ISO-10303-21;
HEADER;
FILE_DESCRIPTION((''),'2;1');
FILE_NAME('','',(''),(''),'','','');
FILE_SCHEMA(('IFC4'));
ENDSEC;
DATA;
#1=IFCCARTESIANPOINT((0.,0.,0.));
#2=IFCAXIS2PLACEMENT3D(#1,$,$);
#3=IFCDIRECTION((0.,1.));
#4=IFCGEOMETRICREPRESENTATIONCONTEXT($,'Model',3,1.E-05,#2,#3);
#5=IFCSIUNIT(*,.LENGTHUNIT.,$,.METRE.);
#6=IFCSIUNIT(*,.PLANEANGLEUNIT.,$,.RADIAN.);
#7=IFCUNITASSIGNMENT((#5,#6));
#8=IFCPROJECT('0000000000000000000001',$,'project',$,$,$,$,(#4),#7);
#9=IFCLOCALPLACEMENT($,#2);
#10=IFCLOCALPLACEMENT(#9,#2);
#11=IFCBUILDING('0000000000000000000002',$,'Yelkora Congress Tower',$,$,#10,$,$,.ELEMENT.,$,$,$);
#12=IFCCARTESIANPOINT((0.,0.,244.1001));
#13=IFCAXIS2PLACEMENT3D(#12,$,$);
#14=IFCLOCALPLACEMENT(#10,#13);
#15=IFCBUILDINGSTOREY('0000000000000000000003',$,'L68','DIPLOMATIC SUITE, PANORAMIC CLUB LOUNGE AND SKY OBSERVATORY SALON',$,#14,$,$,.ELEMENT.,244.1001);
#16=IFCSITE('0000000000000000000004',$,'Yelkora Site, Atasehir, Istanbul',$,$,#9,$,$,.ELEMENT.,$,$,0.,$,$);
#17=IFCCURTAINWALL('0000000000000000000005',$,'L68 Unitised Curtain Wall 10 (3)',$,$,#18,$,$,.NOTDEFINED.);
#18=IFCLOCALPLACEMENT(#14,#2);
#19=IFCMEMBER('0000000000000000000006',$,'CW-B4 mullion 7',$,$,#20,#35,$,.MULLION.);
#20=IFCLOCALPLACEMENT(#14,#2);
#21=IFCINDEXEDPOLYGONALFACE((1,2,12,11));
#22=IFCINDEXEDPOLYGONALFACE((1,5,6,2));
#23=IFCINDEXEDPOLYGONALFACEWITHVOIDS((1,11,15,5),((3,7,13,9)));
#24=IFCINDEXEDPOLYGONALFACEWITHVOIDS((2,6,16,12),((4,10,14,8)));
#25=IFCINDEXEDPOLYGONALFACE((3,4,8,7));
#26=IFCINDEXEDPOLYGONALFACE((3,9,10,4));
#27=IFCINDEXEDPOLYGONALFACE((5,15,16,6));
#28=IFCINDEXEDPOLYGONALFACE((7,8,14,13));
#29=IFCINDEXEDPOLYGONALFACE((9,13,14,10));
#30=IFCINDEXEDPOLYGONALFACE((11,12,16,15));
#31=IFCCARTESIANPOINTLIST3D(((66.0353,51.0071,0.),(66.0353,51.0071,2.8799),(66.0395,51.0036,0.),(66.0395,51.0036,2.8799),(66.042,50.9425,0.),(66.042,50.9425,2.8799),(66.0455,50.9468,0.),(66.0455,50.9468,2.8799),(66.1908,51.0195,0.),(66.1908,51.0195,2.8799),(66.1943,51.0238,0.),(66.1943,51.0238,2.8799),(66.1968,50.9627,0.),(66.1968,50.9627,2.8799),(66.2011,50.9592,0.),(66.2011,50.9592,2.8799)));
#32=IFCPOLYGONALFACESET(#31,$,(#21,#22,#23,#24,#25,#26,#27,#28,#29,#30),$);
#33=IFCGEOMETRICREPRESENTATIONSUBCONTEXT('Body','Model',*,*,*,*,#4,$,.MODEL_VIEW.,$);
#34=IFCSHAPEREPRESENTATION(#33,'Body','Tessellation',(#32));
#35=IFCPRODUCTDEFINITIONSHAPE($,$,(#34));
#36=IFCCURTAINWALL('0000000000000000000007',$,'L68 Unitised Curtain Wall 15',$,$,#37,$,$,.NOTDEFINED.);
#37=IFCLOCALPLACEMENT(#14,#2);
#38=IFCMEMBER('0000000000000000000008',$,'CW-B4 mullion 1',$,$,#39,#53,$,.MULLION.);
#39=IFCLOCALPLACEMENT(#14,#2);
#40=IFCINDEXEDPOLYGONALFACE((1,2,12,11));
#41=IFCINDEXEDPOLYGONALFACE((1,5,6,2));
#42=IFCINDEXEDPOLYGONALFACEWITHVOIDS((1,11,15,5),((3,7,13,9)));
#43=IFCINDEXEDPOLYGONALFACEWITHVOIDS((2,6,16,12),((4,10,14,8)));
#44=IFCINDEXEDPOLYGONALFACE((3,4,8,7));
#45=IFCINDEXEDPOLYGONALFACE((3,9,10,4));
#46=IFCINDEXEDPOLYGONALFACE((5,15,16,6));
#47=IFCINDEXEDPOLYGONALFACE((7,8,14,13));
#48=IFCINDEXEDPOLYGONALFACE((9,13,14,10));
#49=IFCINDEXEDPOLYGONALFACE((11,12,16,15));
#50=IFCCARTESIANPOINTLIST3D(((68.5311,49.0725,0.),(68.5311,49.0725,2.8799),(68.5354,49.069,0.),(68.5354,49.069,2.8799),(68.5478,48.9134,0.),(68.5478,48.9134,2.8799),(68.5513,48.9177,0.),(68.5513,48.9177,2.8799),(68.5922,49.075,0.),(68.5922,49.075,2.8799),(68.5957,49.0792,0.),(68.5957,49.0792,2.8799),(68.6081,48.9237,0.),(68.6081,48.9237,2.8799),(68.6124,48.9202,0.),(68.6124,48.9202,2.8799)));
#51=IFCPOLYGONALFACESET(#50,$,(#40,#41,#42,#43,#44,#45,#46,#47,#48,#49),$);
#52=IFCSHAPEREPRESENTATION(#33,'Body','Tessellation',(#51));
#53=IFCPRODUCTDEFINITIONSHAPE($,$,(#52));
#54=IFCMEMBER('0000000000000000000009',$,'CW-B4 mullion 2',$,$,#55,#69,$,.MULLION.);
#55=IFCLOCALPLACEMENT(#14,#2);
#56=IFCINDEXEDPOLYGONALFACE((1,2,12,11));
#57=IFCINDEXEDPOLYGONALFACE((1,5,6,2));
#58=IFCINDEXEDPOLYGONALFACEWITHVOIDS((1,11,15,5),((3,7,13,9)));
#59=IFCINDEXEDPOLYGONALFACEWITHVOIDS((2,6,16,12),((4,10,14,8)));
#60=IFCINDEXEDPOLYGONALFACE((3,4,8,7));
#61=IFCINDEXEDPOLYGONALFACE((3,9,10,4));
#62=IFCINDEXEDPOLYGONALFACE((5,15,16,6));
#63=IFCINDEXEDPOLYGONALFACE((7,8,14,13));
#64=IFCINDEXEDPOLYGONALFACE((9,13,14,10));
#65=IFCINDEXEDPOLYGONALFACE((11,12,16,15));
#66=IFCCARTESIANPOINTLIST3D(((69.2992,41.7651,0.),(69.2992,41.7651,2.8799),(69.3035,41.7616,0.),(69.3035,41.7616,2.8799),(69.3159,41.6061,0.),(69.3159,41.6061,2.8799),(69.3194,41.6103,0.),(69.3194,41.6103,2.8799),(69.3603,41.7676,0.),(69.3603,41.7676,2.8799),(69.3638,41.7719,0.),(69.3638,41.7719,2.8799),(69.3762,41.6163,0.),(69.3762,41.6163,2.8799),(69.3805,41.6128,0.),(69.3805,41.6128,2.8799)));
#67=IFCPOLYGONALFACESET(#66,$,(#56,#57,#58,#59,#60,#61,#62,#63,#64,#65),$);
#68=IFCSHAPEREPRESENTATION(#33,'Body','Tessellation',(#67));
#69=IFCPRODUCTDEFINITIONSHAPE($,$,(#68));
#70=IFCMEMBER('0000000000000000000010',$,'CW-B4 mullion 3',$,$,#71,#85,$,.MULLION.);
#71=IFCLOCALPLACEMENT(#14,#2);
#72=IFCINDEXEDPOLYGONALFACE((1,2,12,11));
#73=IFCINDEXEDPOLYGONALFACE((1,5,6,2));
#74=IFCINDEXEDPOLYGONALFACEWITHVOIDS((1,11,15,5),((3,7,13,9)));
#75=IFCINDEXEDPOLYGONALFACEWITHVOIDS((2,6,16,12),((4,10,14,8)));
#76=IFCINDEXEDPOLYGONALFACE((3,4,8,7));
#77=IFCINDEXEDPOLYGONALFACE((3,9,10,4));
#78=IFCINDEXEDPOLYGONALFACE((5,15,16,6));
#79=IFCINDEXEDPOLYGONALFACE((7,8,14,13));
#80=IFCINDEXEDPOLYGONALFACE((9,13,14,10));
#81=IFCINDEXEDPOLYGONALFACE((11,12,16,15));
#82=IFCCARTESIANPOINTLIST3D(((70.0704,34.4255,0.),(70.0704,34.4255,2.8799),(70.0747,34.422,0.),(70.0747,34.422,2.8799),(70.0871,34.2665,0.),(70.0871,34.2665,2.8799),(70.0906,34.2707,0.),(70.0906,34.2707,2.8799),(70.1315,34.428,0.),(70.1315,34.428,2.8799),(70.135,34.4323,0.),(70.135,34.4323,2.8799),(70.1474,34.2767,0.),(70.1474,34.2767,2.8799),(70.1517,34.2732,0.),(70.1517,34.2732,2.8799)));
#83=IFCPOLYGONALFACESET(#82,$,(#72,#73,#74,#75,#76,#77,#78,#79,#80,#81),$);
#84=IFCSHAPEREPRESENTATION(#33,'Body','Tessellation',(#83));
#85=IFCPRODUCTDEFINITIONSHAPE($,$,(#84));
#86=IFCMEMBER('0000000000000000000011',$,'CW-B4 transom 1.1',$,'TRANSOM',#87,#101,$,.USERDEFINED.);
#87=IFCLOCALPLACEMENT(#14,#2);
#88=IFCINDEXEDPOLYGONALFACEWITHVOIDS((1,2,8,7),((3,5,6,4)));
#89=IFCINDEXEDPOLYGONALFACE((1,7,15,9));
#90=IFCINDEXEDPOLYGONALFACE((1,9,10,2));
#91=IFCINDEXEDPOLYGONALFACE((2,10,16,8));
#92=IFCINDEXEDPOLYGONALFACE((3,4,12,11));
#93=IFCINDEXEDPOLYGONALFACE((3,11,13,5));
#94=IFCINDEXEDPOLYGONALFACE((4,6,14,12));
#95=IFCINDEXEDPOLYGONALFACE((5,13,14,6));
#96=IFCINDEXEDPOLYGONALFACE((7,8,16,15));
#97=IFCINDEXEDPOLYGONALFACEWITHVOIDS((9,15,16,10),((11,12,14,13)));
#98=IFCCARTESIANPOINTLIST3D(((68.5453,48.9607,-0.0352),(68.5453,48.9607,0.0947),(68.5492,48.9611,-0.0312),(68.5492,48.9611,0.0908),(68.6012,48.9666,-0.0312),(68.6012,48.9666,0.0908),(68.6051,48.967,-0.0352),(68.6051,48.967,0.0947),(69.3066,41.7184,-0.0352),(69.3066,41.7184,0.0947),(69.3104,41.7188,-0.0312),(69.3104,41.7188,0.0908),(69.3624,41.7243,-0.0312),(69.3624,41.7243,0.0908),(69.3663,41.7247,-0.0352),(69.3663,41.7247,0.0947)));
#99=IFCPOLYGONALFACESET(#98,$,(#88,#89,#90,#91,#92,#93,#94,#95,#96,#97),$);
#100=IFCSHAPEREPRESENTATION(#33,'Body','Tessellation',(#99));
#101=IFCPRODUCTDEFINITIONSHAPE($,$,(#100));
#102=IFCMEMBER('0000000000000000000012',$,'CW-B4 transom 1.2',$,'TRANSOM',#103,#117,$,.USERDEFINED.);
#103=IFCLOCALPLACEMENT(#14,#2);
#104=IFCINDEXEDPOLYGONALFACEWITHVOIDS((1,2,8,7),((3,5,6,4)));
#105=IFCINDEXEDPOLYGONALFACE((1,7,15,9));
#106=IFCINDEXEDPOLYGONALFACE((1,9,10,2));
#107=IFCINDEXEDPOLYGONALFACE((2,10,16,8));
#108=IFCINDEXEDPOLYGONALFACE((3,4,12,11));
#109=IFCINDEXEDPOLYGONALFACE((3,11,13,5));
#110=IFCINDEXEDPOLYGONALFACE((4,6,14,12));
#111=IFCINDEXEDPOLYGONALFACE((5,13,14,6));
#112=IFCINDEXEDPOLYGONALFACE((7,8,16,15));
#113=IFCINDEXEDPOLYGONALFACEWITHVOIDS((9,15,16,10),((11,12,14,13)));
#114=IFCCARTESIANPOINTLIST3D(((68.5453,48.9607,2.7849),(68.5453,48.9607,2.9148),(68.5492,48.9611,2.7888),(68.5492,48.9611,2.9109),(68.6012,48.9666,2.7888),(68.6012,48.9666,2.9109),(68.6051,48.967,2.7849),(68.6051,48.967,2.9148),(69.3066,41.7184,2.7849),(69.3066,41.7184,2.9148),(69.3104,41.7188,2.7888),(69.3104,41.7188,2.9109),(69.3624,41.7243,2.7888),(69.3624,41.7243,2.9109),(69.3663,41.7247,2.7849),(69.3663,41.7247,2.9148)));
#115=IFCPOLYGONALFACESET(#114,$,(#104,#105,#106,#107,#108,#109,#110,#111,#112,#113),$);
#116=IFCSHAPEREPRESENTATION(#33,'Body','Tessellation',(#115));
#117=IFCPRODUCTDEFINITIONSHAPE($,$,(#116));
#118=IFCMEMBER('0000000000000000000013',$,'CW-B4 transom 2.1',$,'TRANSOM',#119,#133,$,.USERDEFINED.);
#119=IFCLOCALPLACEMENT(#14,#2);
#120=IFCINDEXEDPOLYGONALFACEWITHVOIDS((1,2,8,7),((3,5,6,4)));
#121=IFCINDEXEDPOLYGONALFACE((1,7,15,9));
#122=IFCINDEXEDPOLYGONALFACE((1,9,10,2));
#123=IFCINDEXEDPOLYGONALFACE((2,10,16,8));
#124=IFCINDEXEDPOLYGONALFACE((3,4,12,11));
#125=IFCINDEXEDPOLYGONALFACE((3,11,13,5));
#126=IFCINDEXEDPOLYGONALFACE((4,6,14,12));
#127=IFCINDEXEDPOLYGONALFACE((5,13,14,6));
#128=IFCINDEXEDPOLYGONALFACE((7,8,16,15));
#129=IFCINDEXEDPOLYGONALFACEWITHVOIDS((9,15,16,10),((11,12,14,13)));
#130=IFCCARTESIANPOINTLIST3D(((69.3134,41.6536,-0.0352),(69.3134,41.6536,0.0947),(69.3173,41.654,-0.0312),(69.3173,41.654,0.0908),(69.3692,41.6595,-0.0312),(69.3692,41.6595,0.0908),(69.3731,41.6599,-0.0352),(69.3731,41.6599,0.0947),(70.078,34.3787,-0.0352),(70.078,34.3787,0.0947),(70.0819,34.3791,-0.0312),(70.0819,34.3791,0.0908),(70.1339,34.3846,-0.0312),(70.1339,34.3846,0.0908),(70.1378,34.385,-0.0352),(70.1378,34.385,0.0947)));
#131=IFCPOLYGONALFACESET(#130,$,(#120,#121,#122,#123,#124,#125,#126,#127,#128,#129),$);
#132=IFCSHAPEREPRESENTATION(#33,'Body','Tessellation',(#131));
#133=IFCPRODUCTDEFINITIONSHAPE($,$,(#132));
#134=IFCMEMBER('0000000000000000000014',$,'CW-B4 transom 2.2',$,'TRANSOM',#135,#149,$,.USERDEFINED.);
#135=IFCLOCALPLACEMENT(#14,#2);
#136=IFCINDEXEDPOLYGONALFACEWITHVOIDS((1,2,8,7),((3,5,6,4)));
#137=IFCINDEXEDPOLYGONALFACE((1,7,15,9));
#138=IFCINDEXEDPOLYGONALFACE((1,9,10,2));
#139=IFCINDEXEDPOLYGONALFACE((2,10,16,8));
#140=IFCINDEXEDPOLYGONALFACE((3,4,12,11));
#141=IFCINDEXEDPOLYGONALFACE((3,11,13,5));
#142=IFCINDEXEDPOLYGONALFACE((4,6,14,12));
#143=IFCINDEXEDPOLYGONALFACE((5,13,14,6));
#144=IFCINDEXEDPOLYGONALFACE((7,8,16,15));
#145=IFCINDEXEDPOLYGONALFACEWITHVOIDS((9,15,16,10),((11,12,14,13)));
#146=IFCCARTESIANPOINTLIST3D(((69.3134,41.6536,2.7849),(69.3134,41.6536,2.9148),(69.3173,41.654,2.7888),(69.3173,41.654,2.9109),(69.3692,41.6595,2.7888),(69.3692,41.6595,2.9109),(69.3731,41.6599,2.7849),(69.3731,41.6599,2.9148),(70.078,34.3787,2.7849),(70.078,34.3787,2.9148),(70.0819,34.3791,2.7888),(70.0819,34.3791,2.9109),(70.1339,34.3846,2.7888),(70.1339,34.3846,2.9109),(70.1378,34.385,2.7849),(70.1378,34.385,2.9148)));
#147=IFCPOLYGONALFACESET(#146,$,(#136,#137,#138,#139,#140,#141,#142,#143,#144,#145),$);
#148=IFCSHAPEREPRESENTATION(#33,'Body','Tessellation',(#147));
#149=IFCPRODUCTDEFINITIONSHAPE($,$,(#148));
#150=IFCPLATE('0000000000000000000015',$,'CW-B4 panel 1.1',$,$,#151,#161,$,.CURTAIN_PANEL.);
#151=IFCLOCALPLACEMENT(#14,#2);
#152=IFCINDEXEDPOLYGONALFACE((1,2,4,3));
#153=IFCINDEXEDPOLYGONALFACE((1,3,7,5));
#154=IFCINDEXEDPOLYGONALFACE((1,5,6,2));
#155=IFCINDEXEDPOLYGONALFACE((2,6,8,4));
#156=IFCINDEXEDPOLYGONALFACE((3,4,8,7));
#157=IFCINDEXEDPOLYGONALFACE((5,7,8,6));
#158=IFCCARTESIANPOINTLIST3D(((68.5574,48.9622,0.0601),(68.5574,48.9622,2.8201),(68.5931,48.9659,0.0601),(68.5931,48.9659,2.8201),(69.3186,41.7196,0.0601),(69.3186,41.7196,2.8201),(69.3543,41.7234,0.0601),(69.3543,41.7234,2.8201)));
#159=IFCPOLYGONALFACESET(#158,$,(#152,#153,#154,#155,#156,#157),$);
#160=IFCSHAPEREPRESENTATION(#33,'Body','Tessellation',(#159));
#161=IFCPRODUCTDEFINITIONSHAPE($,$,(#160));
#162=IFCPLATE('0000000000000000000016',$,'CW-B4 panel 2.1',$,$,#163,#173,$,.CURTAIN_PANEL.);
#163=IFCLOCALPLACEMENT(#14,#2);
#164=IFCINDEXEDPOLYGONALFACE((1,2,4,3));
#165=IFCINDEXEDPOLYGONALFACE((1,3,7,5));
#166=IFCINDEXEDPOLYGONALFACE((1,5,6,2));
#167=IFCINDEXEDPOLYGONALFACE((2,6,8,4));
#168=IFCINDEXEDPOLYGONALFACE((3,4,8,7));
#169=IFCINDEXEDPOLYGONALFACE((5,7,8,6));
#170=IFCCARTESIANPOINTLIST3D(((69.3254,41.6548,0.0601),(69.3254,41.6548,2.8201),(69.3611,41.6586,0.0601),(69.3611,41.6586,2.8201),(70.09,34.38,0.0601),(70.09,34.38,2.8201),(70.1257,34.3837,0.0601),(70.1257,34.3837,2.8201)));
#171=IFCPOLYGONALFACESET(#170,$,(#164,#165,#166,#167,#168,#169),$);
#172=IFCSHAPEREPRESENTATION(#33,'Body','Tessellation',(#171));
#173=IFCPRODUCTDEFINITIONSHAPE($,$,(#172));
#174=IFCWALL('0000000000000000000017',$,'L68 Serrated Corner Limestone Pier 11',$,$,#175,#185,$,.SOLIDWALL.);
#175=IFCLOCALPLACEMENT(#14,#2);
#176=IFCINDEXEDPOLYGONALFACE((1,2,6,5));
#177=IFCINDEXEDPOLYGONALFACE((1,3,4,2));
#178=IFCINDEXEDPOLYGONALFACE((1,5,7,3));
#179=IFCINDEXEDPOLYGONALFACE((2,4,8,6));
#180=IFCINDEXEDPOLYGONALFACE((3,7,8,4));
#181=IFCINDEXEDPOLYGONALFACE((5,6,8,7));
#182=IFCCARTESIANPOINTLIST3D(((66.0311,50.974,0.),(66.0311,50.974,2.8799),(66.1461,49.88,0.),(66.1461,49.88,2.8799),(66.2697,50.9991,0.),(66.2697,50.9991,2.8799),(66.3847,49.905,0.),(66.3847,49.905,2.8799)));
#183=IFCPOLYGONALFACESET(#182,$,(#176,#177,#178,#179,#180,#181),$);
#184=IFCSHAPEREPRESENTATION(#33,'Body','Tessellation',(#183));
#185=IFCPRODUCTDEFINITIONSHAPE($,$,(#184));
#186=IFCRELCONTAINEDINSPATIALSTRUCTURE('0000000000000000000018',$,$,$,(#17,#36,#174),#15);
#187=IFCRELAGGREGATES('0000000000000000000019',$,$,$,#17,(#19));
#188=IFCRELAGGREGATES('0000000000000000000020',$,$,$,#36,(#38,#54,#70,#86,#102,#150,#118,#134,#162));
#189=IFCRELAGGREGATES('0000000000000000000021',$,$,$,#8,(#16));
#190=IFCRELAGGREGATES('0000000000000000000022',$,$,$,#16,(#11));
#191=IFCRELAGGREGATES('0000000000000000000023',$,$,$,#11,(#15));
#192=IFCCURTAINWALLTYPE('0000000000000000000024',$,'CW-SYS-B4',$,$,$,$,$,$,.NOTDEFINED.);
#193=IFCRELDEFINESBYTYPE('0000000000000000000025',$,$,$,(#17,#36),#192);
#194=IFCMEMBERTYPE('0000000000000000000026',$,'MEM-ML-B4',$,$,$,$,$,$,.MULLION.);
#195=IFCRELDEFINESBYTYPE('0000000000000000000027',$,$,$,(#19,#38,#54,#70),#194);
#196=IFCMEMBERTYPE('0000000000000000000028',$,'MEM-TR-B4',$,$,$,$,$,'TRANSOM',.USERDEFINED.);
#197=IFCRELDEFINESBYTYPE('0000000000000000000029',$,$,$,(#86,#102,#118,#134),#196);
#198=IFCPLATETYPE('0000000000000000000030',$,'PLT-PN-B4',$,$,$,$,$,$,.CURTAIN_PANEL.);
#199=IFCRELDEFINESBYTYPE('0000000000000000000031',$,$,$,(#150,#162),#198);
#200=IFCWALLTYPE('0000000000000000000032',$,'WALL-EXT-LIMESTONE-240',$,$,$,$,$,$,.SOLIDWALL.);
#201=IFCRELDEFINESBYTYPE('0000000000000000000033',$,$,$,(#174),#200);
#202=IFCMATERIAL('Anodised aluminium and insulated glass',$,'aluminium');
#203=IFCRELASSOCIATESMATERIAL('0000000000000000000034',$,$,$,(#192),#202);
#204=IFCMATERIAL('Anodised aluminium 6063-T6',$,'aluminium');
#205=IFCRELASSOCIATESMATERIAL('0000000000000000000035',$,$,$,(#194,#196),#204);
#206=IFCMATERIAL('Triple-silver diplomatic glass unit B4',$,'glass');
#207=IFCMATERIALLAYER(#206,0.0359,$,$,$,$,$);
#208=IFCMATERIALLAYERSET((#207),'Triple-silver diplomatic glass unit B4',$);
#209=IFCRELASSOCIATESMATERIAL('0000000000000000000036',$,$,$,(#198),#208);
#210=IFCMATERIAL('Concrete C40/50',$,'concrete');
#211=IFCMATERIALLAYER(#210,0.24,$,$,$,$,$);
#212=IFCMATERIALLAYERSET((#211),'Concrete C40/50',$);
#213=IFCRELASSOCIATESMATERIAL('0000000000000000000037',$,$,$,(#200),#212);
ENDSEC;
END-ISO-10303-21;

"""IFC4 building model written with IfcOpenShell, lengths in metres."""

from ifc_helpers import new_model, si_unit, direction, frame, frame_2d, origin, origin_2d, place, context, subcontext, project, spatial, rectangle, hollow_rectangle, extrude, material, layer, layer_set, material_profile, profile_set, type_object, element, aggregate, save


model = new_model("IFC4")

# Units and contexts
model_context = context("Model", 3, precision=1e-05, world=origin(), true_north=direction((0.0, 1.0)))
body_context = subcontext(model_context, "Body", "Model", "MODEL_VIEW")
ifc_project = project(units=[si_unit("LENGTHUNIT", "METRE"), si_unit("PLANEANGLEUNIT", "RADIAN")], contexts=[model_context])

# Site, building, storey
site_placement = place(None, origin())
site = spatial("IfcSite", under=ifc_project, at=site_placement, Name="Yelkora Site, Atasehir, Istanbul", CompositionType="ELEMENT", RefElevation=0.0)
building_placement = place(site_placement, origin())
building = spatial("IfcBuilding", under=site, at=building_placement, Name="Yelkora Congress Tower", CompositionType="ELEMENT")
storey_placement = place(building_placement, frame((0.0, 0.0, 244.1001)))
storey = spatial("IfcBuildingStorey", under=building, at=storey_placement, Name="L68", Description="DIPLOMATIC SUITE, PANORAMIC CLUB LOUNGE AND SKY OBSERVATORY SALON", CompositionType="ELEMENT", Elevation=244.1001)

# Curtain wall, member
ifc_material_1 = material(Name="Anodised aluminium and insulated glass", Category="aluminium")
curtain_wall_type = type_object("IfcCurtainWallType", Name="CW-SYS-B4", PredefinedType="NOTDEFINED", material=ifc_material_1)
curtain_wall_1_placement = place(storey_placement, origin())
curtain_wall_1 = element("IfcCurtainWall", 1, at=curtain_wall_1_placement, inside=storey, type_object=curtain_wall_type, Name="L68 Unitised Curtain Wall 10 (3)", PredefinedType="NOTDEFINED")
ifc_material_2 = material(Name="Anodised aluminium 6063-T6", Category="aluminium")
ifc_material_profile_1 = material_profile(ifc_material_2, hollow_rectangle(XDim=0.0649, YDim=0.1599, WallThickness=0.0039, at=origin_2d()), Name="ALU 65x160x4")
ifc_profile_set_1 = profile_set([ifc_material_profile_1], Name="Anodised aluminium 6063-T6")
member_type_1 = type_object("IfcMemberType", Name="MEM-ML-B4", PredefinedType="MULLION", material=ifc_profile_set_1)
member_1_placement = place(storey_placement, frame((66.1182, 50.9832, 0.0), z_axis=(0.0, 0.0, 1.0), x_axis=(-0.104528, 0.994522, 0.0)))
member_1 = element("IfcMember", 2, at=member_1_placement, type_object=member_type_1, Name="CW-B4 mullion 7", PredefinedType="MULLION", context=body_context, shape_type="SweptSolid", body=[
    extrude(hollow_rectangle(XDim=0.0649, YDim=0.1599, WallThickness=0.0039, at=origin_2d()), origin(), (0.0, 0.0, 1.0), 2.8799),
])
aggregate(curtain_wall_1, [member_1])

# Curtain wall, members, plates
curtain_wall_2_placement = place(storey_placement, origin())
curtain_wall_2 = element("IfcCurtainWall", 3, at=curtain_wall_2_placement, inside=storey, type_object=curtain_wall_type, Name="L68 Unitised Curtain Wall 15", PredefinedType="NOTDEFINED")
member_2_placement = place(storey_placement, frame((68.5718, 48.9963, 0.0), z_axis=(0.0, 0.0, 1.0), x_axis=(0.994522, 0.104526, 0.0)))
member_2 = element("IfcMember", 4, at=member_2_placement, type_object=member_type_1, Name="CW-B4 mullion 1", PredefinedType="MULLION", context=body_context, shape_type="SweptSolid", body=[
    extrude(hollow_rectangle(XDim=0.0649, YDim=0.1599, WallThickness=0.0039, at=origin_2d()), origin(), (0.0, 0.0, 1.0), 2.8799),
])
member_3_placement = place(storey_placement, frame((69.3398, 41.689, 0.0), z_axis=(0.0, 0.0, 1.0), x_axis=(0.994522, 0.104526, 0.0)))
member_3 = element("IfcMember", 5, at=member_3_placement, type_object=member_type_1, Name="CW-B4 mullion 2", PredefinedType="MULLION", context=body_context, shape_type="SweptSolid", body=[
    extrude(hollow_rectangle(XDim=0.0649, YDim=0.1599, WallThickness=0.0039, at=origin_2d()), origin(), (0.0, 0.0, 1.0), 2.8799),
])
member_4_placement = place(storey_placement, frame((70.1111, 34.3494, 0.0), z_axis=(0.0, 0.0, 1.0), x_axis=(0.994522, 0.104526, 0.0)))
member_4 = element("IfcMember", 6, at=member_4_placement, type_object=member_type_1, Name="CW-B4 mullion 3", PredefinedType="MULLION", context=body_context, shape_type="SweptSolid", body=[
    extrude(hollow_rectangle(XDim=0.0649, YDim=0.1599, WallThickness=0.0039, at=origin_2d()), origin(), (0.0, 0.0, 1.0), 2.8799),
])
ifc_material_profile_2 = material_profile(ifc_material_2, hollow_rectangle(XDim=0.0601, YDim=0.1299, WallThickness=0.0039, at=origin_2d()), Name="ALU 60x130x4")
ifc_profile_set_2 = profile_set([ifc_material_profile_2], Name="Anodised aluminium 6063-T6")
member_type_2 = type_object("IfcMemberType", Name="MEM-TR-B4", ElementType="TRANSOM", PredefinedType="USERDEFINED", material=ifc_profile_set_2)
member_5_placement = place(storey_placement, frame((68.5752, 48.9639, 0.0298), z_axis=(0.104531, -0.994522, 0.0), x_axis=(0.994522, 0.104531, 0.0)))
member_5 = element("IfcMember", 7, at=member_5_placement, type_object=member_type_2, Name="CW-B4 transom 1.1", ObjectType="TRANSOM", PredefinedType="USERDEFINED", context=body_context, shape_type="SweptSolid", body=[
    extrude(hollow_rectangle(XDim=0.0601, YDim=0.1299, WallThickness=0.0039, at=origin_2d()), origin(), (0.0, 0.0, 1.0), 7.2822),
])
member_6_placement = place(storey_placement, frame((68.5752, 48.9639, 2.8499), z_axis=(0.104531, -0.994522, 0.0), x_axis=(0.994522, 0.104531, 0.0)))
member_6 = element("IfcMember", 8, at=member_6_placement, type_object=member_type_2, Name="CW-B4 transom 1.2", ObjectType="TRANSOM", PredefinedType="USERDEFINED", context=body_context, shape_type="SweptSolid", body=[
    extrude(hollow_rectangle(XDim=0.0601, YDim=0.1299, WallThickness=0.0039, at=origin_2d()), origin(), (0.0, 0.0, 1.0), 7.2822),
])
member_7_placement = place(storey_placement, frame((69.3433, 41.6567, 0.0298), z_axis=(0.104532, -0.994522, 0.0), x_axis=(0.994522, 0.104532, 0.0)))
member_7 = element("IfcMember", 9, at=member_7_placement, type_object=member_type_2, Name="CW-B4 transom 2.1", ObjectType="TRANSOM", PredefinedType="USERDEFINED", context=body_context, shape_type="SweptSolid", body=[
    extrude(hollow_rectangle(XDim=0.0601, YDim=0.1299, WallThickness=0.0039, at=origin_2d()), origin(), (0.0, 0.0, 1.0), 7.3149),
])
member_8_placement = place(storey_placement, frame((69.3433, 41.6567, 2.8499), z_axis=(0.104532, -0.994522, 0.0), x_axis=(0.994522, 0.104532, 0.0)))
member_8 = element("IfcMember", 10, at=member_8_placement, type_object=member_type_2, Name="CW-B4 transom 2.2", ObjectType="TRANSOM", PredefinedType="USERDEFINED", context=body_context, shape_type="SweptSolid", body=[
    extrude(hollow_rectangle(XDim=0.0601, YDim=0.1299, WallThickness=0.0039, at=origin_2d()), origin(), (0.0, 0.0, 1.0), 7.3149),
])
ifc_material_3 = material(Name="Triple-silver diplomatic glass unit B4", Category="glass")
ifc_layer_1 = layer(ifc_material_3, 0.0359)
ifc_layer_set_1 = layer_set([ifc_layer_1], Name="Triple-silver diplomatic glass unit B4")
plate_type = type_object("IfcPlateType", Name="PLT-PN-B4", PredefinedType="CURTAIN_PANEL", material=ifc_layer_set_1)
plate_1_placement = place(storey_placement, frame((68.9558, 45.3428, 0.0601), z_axis=(0.0, 0.0, 1.0), x_axis=(0.104526, -0.994522, 0.0)))
plate_1 = element("IfcPlate", 11, at=plate_1_placement, type_object=plate_type, Name="CW-B4 panel 1.1", PredefinedType="CURTAIN_PANEL", context=body_context, shape_type="SweptSolid", body=[
    extrude(rectangle(XDim=7.2825, YDim=0.0359, at=origin_2d()), origin(), (0.0, 0.0, 1.0), 2.76),
])
plate_2_placement = place(storey_placement, frame((69.7256, 38.0193, 0.0601), z_axis=(0.0, 0.0, 1.0), x_axis=(0.104526, -0.994522, 0.0)))
plate_2 = element("IfcPlate", 12, at=plate_2_placement, type_object=plate_type, Name="CW-B4 panel 2.1", PredefinedType="CURTAIN_PANEL", context=body_context, shape_type="SweptSolid", body=[
    extrude(rectangle(XDim=7.3149, YDim=0.0359, at=origin_2d()), origin(), (0.0, 0.0, 1.0), 2.76),
])
aggregate(curtain_wall_2, [member_2, member_3, member_4, member_5, member_6, plate_1, member_7, member_8, plate_2])

# Wall
ifc_material_4 = material(Name="Concrete C40/50", Category="concrete")
ifc_layer_2 = layer(ifc_material_4, 0.24)
ifc_layer_set_2 = layer_set([ifc_layer_2], Name="Concrete C40/50")
wall_type = type_object("IfcWallType", Name="WALL-EXT-LIMESTONE-240", PredefinedType="SOLIDWALL", material=ifc_layer_set_2)
for number, where, z_axis, x_axis, name in (
    (13, (66.1504, 50.9866, 0.0), (0.0, 0.0, 1.0), (0.104535, -0.994521, 0.0), "L68 Serrated Corner Limestone Pier 11"),
):
    element("IfcWall", number, at=place(storey_placement, frame(where, z_axis=z_axis, x_axis=x_axis)), inside=storey, type_object=wall_type, Name=name, PredefinedType="SOLIDWALL", context=body_context, shape_type="SweptSolid", body=[
        extrude(rectangle(XDim=1.1001, YDim=0.24, at=frame_2d((0.55, 0.0))), origin(), (0.0, 0.0, 1.0), 2.8799),
    ])

save(model, "model.ifc")
